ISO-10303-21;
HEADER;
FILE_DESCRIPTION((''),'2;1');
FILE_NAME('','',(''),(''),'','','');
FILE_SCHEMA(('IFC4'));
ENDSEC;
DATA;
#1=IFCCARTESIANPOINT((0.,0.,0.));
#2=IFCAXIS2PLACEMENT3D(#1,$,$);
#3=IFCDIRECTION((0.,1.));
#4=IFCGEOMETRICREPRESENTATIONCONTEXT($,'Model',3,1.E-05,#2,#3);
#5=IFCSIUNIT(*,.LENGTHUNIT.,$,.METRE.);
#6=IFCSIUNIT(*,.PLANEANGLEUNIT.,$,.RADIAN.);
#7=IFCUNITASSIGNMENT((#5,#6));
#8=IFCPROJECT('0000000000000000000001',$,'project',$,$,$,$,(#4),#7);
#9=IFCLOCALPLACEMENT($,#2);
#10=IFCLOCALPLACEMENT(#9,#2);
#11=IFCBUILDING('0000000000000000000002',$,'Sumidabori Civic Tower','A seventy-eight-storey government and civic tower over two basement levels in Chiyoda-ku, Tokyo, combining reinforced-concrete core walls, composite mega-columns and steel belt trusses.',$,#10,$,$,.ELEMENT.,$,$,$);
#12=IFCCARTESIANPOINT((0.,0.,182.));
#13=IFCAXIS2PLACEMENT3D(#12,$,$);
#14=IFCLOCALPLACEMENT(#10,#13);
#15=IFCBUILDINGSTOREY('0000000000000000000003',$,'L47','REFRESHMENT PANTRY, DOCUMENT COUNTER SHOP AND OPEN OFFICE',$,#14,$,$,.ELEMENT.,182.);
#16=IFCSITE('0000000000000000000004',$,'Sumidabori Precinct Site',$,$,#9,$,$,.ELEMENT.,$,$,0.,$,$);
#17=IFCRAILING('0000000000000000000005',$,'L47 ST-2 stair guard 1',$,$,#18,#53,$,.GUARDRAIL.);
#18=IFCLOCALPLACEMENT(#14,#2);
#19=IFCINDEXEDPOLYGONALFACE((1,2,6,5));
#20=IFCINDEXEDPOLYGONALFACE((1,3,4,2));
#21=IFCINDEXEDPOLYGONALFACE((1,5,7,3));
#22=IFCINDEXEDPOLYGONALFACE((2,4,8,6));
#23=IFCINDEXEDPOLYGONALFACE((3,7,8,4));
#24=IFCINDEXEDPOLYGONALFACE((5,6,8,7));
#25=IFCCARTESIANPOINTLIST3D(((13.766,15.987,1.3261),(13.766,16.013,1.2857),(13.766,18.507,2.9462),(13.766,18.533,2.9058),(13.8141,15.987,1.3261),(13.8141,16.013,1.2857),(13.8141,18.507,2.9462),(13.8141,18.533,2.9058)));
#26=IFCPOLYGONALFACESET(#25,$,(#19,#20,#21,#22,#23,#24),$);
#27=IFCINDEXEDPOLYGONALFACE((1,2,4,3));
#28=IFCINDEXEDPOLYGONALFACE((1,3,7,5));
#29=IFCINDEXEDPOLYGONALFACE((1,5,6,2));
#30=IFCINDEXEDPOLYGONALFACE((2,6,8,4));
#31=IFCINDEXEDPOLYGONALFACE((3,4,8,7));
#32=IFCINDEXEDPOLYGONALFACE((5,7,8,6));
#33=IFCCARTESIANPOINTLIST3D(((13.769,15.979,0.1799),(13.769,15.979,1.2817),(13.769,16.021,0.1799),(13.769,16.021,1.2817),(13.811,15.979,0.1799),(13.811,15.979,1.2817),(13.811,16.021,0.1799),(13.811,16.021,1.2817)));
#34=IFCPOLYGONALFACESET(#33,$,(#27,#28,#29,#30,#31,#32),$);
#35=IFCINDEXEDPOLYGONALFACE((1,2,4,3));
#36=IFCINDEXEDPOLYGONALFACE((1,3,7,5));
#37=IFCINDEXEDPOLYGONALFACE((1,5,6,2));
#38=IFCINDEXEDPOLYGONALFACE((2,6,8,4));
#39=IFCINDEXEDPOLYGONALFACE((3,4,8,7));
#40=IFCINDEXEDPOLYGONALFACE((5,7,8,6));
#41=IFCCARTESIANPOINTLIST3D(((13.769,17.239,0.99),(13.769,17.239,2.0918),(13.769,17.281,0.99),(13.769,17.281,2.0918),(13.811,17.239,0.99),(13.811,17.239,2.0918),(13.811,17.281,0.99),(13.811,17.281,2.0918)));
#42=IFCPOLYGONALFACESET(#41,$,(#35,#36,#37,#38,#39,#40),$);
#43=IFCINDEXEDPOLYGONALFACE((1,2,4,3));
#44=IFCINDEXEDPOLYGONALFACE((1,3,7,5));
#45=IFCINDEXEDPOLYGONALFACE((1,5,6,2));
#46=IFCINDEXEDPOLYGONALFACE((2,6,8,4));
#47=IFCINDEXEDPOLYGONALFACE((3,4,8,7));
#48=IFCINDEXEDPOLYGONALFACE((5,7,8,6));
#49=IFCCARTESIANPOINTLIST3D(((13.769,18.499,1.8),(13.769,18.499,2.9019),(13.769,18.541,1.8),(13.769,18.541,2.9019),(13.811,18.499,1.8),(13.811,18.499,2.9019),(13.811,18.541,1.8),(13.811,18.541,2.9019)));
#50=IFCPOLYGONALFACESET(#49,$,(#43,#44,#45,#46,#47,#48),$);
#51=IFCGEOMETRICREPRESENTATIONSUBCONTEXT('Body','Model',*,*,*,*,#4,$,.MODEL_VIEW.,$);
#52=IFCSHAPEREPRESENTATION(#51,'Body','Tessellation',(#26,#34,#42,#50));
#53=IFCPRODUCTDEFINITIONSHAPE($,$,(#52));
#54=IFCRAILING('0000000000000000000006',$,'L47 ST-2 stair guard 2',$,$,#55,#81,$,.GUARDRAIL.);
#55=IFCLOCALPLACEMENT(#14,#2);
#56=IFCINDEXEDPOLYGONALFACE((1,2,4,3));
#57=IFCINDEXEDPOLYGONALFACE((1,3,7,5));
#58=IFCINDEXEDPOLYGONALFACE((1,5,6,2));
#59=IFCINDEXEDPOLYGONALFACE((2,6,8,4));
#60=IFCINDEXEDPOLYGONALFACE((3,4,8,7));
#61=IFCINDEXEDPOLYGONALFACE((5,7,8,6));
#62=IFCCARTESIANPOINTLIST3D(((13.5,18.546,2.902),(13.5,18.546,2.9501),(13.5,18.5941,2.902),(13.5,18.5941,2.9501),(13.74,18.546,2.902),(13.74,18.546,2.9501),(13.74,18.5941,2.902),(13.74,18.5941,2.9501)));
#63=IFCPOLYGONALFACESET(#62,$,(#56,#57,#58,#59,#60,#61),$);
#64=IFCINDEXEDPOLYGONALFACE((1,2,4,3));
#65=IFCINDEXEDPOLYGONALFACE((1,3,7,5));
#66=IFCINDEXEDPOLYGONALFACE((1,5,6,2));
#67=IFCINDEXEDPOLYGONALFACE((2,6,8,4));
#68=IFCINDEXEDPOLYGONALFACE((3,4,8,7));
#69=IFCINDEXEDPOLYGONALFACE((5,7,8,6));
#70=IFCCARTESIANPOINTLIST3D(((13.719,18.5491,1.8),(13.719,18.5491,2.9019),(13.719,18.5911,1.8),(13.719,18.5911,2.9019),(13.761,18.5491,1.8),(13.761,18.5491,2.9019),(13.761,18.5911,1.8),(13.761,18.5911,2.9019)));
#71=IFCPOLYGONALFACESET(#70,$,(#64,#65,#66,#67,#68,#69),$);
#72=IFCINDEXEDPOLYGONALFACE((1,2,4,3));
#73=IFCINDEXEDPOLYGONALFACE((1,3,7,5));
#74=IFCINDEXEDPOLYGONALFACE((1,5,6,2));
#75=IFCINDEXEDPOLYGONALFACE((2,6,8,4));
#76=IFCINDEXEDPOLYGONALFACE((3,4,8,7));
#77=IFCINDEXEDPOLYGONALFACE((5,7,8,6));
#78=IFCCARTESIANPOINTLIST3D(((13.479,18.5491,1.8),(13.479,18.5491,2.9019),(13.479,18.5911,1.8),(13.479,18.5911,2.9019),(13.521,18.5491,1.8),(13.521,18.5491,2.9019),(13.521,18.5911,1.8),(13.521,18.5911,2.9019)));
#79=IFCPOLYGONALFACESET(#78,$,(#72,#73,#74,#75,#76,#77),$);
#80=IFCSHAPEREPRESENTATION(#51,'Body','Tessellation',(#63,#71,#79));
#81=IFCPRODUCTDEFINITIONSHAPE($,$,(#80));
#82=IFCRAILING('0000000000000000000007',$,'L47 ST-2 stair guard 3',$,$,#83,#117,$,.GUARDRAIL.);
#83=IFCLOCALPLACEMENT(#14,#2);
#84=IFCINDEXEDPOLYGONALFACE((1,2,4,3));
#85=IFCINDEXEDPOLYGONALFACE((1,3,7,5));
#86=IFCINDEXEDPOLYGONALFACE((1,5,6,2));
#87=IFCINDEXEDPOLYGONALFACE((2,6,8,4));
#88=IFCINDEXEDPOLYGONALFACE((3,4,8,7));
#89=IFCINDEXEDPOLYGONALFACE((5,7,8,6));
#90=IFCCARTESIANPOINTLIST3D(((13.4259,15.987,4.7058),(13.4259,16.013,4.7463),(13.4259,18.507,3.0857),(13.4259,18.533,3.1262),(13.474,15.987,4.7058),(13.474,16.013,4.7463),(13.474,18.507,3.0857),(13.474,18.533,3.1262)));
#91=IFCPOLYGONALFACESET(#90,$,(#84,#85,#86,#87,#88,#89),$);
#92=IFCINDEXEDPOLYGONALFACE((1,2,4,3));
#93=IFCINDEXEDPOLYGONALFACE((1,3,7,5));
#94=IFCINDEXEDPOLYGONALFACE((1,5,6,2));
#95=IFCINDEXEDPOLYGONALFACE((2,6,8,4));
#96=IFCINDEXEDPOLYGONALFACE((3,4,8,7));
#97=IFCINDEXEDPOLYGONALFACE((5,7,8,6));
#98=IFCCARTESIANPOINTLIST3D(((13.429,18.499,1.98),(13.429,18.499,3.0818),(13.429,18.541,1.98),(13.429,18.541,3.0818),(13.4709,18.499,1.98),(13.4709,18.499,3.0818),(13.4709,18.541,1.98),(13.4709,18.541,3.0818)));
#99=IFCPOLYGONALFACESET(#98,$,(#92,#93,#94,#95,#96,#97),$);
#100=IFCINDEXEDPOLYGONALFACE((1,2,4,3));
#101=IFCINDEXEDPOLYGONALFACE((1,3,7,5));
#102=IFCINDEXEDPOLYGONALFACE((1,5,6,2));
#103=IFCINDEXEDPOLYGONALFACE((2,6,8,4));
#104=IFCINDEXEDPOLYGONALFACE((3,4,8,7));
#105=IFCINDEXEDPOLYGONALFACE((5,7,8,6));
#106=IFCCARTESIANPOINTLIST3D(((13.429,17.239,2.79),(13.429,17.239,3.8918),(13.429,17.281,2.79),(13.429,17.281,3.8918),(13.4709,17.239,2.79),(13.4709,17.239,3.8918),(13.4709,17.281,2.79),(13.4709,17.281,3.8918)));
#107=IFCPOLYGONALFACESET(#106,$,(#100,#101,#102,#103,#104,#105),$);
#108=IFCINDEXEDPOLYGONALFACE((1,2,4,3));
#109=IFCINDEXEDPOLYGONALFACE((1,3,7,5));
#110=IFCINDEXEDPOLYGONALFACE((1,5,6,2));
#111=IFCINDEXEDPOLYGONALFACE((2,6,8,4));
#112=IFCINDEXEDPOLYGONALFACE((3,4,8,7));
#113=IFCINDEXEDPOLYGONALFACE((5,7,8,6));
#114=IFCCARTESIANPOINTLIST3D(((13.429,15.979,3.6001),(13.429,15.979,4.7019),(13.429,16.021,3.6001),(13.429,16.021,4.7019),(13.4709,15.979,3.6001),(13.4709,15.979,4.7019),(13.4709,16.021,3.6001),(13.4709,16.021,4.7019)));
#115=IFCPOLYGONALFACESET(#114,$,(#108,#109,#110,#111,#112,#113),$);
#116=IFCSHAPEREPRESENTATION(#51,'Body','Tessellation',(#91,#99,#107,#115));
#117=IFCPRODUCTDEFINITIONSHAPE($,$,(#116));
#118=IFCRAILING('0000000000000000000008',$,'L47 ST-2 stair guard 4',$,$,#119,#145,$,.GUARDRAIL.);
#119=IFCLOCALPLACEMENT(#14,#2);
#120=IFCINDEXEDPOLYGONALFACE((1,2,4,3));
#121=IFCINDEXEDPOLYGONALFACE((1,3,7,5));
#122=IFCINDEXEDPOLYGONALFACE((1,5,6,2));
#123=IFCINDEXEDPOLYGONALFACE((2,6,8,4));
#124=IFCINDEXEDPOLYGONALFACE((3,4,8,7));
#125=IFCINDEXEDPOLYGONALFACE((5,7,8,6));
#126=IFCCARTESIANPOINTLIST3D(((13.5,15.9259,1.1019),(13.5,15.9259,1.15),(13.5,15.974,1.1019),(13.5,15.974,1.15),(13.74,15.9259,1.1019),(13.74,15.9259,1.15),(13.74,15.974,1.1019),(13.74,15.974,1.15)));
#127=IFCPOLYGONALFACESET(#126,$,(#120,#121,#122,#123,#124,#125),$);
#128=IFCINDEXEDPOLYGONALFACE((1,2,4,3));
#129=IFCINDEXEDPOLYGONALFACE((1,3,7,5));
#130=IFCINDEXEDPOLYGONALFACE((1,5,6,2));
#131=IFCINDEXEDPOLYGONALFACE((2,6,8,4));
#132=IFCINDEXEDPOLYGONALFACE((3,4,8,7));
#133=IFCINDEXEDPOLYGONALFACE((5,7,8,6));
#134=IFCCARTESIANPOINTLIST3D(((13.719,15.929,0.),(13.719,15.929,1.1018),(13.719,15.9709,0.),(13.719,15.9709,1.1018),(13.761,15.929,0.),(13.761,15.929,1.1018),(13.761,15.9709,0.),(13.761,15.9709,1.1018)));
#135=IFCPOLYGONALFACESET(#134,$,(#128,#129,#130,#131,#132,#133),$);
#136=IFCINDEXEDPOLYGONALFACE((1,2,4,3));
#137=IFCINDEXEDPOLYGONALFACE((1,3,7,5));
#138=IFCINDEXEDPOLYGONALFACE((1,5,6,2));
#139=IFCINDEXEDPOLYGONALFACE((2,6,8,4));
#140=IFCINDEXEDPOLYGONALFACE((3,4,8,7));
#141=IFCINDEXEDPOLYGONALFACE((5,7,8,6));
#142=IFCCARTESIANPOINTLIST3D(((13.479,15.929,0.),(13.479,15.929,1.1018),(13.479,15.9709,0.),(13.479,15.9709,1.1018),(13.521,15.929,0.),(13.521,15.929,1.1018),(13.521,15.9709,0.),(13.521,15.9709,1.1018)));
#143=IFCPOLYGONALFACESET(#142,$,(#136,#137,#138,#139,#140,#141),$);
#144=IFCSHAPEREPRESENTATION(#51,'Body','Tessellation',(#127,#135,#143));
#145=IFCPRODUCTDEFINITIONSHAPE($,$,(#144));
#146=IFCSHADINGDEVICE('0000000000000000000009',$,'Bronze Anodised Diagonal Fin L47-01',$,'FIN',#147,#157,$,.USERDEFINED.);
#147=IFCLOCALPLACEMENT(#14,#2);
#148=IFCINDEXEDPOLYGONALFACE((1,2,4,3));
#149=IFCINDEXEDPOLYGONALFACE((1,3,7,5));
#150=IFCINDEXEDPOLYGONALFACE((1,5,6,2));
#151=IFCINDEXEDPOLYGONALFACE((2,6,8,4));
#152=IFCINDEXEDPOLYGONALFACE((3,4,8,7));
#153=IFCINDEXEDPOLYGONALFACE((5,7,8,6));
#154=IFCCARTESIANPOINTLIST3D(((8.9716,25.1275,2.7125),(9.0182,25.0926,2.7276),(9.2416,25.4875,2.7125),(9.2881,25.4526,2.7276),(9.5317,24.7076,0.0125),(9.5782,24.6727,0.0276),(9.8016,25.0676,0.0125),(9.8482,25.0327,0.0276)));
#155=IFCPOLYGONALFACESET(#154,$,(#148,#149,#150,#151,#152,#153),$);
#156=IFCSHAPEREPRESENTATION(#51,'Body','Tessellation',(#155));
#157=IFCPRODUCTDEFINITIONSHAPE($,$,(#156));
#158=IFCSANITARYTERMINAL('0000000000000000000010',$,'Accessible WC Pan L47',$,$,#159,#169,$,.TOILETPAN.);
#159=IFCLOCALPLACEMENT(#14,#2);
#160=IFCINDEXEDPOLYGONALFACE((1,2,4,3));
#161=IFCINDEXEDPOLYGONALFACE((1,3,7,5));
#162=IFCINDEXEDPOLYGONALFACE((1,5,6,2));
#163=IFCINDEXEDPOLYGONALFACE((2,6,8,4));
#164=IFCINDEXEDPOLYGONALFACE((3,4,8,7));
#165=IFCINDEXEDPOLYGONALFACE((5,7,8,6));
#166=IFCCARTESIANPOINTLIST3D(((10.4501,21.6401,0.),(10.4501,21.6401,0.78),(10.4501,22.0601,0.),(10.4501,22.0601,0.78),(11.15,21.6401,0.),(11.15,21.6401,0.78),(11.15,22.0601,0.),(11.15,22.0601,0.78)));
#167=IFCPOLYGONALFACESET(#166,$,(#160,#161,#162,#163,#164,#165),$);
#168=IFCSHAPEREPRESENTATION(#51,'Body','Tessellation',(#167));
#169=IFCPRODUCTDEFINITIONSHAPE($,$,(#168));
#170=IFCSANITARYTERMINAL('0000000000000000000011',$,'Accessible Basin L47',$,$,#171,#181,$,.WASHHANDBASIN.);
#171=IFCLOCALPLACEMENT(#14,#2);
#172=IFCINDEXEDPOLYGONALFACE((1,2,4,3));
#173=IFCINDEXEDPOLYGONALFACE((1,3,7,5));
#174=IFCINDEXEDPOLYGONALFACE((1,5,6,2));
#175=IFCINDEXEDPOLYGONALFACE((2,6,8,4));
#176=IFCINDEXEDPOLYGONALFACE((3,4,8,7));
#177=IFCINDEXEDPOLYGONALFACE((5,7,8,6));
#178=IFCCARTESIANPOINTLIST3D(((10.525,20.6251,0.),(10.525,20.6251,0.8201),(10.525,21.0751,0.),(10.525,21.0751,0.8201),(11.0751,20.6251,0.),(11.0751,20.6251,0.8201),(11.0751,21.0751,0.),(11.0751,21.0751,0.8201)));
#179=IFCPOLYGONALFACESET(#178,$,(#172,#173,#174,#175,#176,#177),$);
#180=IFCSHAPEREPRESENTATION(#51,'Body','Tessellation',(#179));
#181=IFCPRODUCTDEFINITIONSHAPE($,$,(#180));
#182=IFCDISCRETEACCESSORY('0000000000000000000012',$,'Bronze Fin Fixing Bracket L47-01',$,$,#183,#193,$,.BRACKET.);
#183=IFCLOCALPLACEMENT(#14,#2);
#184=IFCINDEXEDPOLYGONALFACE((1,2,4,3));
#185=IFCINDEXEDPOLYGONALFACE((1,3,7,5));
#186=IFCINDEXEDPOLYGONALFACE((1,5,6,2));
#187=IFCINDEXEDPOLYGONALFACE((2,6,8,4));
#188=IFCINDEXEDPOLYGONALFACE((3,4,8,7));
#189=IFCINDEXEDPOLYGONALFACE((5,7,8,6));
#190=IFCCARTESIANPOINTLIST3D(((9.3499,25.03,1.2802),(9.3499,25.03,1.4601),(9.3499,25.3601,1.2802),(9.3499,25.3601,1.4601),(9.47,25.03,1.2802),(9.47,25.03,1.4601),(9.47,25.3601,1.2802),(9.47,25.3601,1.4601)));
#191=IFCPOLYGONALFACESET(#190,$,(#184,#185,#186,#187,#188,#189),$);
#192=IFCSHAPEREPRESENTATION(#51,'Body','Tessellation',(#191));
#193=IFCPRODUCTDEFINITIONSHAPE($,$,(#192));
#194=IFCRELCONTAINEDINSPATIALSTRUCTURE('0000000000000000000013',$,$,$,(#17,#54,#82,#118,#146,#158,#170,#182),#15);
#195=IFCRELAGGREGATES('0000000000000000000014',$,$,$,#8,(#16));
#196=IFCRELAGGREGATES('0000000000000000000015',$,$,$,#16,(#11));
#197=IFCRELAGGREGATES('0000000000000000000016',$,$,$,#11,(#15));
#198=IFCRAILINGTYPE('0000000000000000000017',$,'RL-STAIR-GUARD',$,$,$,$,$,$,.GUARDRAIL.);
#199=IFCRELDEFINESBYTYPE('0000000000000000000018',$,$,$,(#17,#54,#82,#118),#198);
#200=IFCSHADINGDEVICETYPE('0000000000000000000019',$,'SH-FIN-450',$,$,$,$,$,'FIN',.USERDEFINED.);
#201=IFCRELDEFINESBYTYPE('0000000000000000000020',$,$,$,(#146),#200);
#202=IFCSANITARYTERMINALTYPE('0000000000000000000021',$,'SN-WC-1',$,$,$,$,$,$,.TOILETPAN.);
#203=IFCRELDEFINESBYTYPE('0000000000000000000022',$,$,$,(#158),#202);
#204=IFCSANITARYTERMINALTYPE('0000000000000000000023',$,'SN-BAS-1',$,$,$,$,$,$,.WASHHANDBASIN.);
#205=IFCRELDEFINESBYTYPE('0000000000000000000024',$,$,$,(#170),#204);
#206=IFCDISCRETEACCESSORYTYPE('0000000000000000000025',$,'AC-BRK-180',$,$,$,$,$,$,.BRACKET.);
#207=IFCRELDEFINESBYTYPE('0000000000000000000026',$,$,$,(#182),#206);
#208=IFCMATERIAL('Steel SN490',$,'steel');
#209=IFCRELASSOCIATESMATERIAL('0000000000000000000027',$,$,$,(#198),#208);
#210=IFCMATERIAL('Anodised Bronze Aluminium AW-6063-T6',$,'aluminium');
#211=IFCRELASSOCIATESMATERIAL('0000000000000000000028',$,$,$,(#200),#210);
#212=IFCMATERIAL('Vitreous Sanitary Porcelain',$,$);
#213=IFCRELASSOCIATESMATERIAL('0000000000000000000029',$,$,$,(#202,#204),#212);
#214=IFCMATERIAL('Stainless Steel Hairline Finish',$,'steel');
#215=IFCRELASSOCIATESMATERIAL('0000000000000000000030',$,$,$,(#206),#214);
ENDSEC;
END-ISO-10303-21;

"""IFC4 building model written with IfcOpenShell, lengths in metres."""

from ifc_helpers import new_model, si_unit, direction, frame, origin, origin_2d, place, context, subcontext, project, spatial, rectangle, extrude, source, transform, mapped, material, material_profile, profile_set, type_object, element, save


model = new_model("IFC4")

# Units and contexts
model_context = context("Model", 3, precision=1e-05, world=origin(), true_north=direction((0.0, 1.0)))
body_context = subcontext(model_context, "Body", "Model", "MODEL_VIEW")
ifc_project = project(units=[si_unit("LENGTHUNIT", "METRE"), si_unit("PLANEANGLEUNIT", "RADIAN")], contexts=[model_context])

# Site, building, storey
site_placement = place(None, origin())
site = spatial("IfcSite", under=ifc_project, at=site_placement, Name="Sumidabori Precinct Site", CompositionType="ELEMENT", RefElevation=0.0)
building_placement = place(site_placement, origin())
building = spatial("IfcBuilding", under=site, at=building_placement, Name="Sumidabori Civic Tower", Description="A seventy-eight-storey government and civic tower over two basement levels in Chiyoda-ku, Tokyo, combining reinforced-concrete core walls, composite mega-columns and steel belt trusses.", CompositionType="ELEMENT")
storey_placement = place(building_placement, frame((0.0, 0.0, 182.0)))
storey = spatial("IfcBuildingStorey", under=building, at=storey_placement, Name="L47", Description="REFRESHMENT PANTRY, DOCUMENT COUNTER SHOP AND OPEN OFFICE", CompositionType="ELEMENT", Elevation=182.0)

# Shared definitions
ifc_material_1 = material(Name="Steel SN490", Category="steel")

# Shared definitions
ifc_material_2 = material(Name="Anodised Bronze Aluminium AW-6063-T6", Category="aluminium")

# Railings
ifc_material_3 = material(Name="Stainless Steel Hairline Finish", Category="steel")
railing_type_1 = type_object("IfcRailingType", Name="RL-STAIR-GUARD", PredefinedType="GUARDRAIL", material=ifc_material_1)
railing_1_placement = place(storey_placement, frame((13.79, 16.0, 0.1799)))
element("IfcRailing", 1, at=railing_1_placement, inside=storey, type_object=railing_type_1, Name="L47 ST-2 stair guard 1", PredefinedType="GUARDRAIL", context=body_context, shape_type="SweptSolid", body=[
    extrude(rectangle(XDim=0.0481, YDim=0.0481, at=origin_2d()), frame((0.0, 0.0, 1.126), z_axis=(0.0, 0.841163, 0.540782), x_axis=(-1.0, 0.0, 0.0)), (0.0, 0.0, 1.0), 2.9958),
    extrude(rectangle(XDim=0.042, YDim=0.042, at=origin_2d()), origin(), (0.0, 0.0, 1.0), 1.1018),
    extrude(rectangle(XDim=0.042, YDim=0.042, at=origin_2d()), frame((0.0, 1.26, 0.8101)), (0.0, 0.0, 1.0), 1.1018),
    extrude(rectangle(XDim=0.042, YDim=0.042, at=origin_2d()), frame((0.0, 2.52, 1.6201)), (0.0, 0.0, 1.0), 1.1018),
])
railing_2_placement = place(storey_placement, frame((13.74, 18.5701, 1.8)))
element("IfcRailing", 2, at=railing_2_placement, inside=storey, type_object=railing_type_1, Name="L47 ST-2 stair guard 2", PredefinedType="GUARDRAIL", context=body_context, shape_type="SweptSolid", body=[
    extrude(rectangle(XDim=0.0481, YDim=0.0481, at=origin_2d()), frame((0.0, 0.0, 1.126), z_axis=(-1.0, 0.0, 0.0), x_axis=(0.0, -1.0, 0.0)), (0.0, 0.0, 1.0), 0.24),
    extrude(rectangle(XDim=0.042, YDim=0.042, at=origin_2d()), origin(), (0.0, 0.0, 1.0), 1.1018),
    extrude(rectangle(XDim=0.042, YDim=0.042, at=origin_2d()), frame((-0.24, 0.0, 0.0)), (0.0, 0.0, 1.0), 1.1018),
])
railing_3_placement = place(storey_placement, frame((13.45, 18.52, 1.98)))
element("IfcRailing", 3, at=railing_3_placement, inside=storey, type_object=railing_type_1, Name="L47 ST-2 stair guard 3", PredefinedType="GUARDRAIL", context=body_context, shape_type="SweptSolid", body=[
    extrude(rectangle(XDim=0.0481, YDim=0.0481, at=origin_2d()), frame((0.0, 0.0, 1.126), z_axis=(0.0, -0.841163, 0.540782), x_axis=(1.0, 0.0, 0.0)), (0.0, 0.0, 1.0), 2.9958),
    extrude(rectangle(XDim=0.042, YDim=0.042, at=origin_2d()), origin(), (0.0, 0.0, 1.0), 1.1018),
    extrude(rectangle(XDim=0.042, YDim=0.042, at=origin_2d()), frame((0.0, -1.26, 0.8101)), (0.0, 0.0, 1.0), 1.1018),
    extrude(rectangle(XDim=0.042, YDim=0.042, at=origin_2d()), frame((0.0, -2.52, 1.6201)), (0.0, 0.0, 1.0), 1.1018),
])
railing_4_placement = place(storey_placement, frame((13.74, 15.95, 0.0)))
element("IfcRailing", 4, at=railing_4_placement, inside=storey, type_object=railing_type_1, Name="L47 ST-2 stair guard 4", PredefinedType="GUARDRAIL", context=body_context, shape_type="SweptSolid", body=[
    extrude(rectangle(XDim=0.0481, YDim=0.0481, at=origin_2d()), frame((0.0, 0.0, 1.126), z_axis=(-1.0, 0.0, 0.0), x_axis=(0.0, -1.0, 0.0)), (0.0, 0.0, 1.0), 0.24),
    extrude(rectangle(XDim=0.042, YDim=0.042, at=origin_2d()), origin(), (0.0, 0.0, 1.0), 1.1018),
    extrude(rectangle(XDim=0.042, YDim=0.042, at=origin_2d()), frame((-0.24, 0.0, 0.0)), (0.0, 0.0, 1.0), 1.1018),
])

# Shading device
ifc_material_profile_1 = material_profile(ifc_material_2, rectangle(XDim=0.0601, YDim=0.45, at=origin_2d()), Name="BRONZE FIN 450x60")
ifc_profile_set_1 = profile_set([ifc_material_profile_1], Name="Anodised Bronze Aluminium AW-6063-T6")
shading_device_type = type_object("IfcShadingDeviceType", Name="SH-FIN-450", ElementType="FIN", PredefinedType="USERDEFINED", material=ifc_profile_set_1)
shared_shape_1 = source(origin(), body_context, "Body", "SweptSolid", [
    extrude(rectangle(XDim=0.0601, YDim=0.45, at=origin_2d()), origin(), (0.0, 0.0, 1.0), 2.7893),
])
shading_device_placement = place(storey_placement, frame((9.6899, 24.8701, 0.02), z_axis=(-0.200794, 0.150552, 0.967996), x_axis=(0.774478, -0.580689, 0.250966)))
element("IfcShadingDevice", 5, at=shading_device_placement, inside=storey, type_object=shading_device_type, Name="Bronze Anodised Diagonal Fin L47-01", ObjectType="FIN", PredefinedType="USERDEFINED", context=body_context, shape_type="MappedRepresentation", body=[
    mapped(shared_shape_1, transform((0.0, 0.0, 0.0), x_axis=(1.0, 0.0, 0.0), y_axis=(0.0, 1.0, 0.0), z_axis=(0.0, 0.0, 1.0), scale=1.0)),
])

# Sanitary terminals
ifc_material_4 = material(Name="Vitreous Sanitary Porcelain")
sanitary_terminal_type_1 = type_object("IfcSanitaryTerminalType", Name="SN-WC-1", PredefinedType="TOILETPAN", material=ifc_material_4)
shared_shape_2 = source(origin(), body_context, "Body", "SweptSolid", [
    extrude(rectangle(XDim=0.7, YDim=0.4199, at=origin_2d()), origin(), (0.0, 0.0, 1.0), 0.78),
])
sanitary_terminal_1_placement = place(storey_placement, frame((10.8, 21.8501, 0.0), z_axis=(0.0, 0.0, 1.0), x_axis=(1.0, 0.0, 0.0)))
element("IfcSanitaryTerminal", 6, at=sanitary_terminal_1_placement, inside=storey, type_object=sanitary_terminal_type_1, Name="Accessible WC Pan L47", PredefinedType="TOILETPAN", context=body_context, shape_type="MappedRepresentation", body=[
    mapped(shared_shape_2, transform((0.0, 0.0, 0.0), x_axis=(1.0, 0.0, 0.0), y_axis=(0.0, 1.0, 0.0), z_axis=(0.0, 0.0, 1.0), scale=1.0)),
])
sanitary_terminal_type_2 = type_object("IfcSanitaryTerminalType", Name="SN-BAS-1", PredefinedType="WASHHANDBASIN", material=ifc_material_4)
shared_shape_3 = source(origin(), body_context, "Body", "SweptSolid", [
    extrude(rectangle(XDim=0.55, YDim=0.45, at=origin_2d()), origin(), (0.0, 0.0, 1.0), 0.8201),
])
sanitary_terminal_2_placement = place(storey_placement, frame((10.8, 20.8501, 0.0), z_axis=(0.0, 0.0, 1.0), x_axis=(1.0, 0.0, 0.0)))
element("IfcSanitaryTerminal", 7, at=sanitary_terminal_2_placement, inside=storey, type_object=sanitary_terminal_type_2, Name="Accessible Basin L47", PredefinedType="WASHHANDBASIN", context=body_context, shape_type="MappedRepresentation", body=[
    mapped(shared_shape_3, transform((0.0, 0.0, 0.0), x_axis=(1.0, 0.0, 0.0), y_axis=(0.0, 1.0, 0.0), z_axis=(0.0, 0.0, 1.0), scale=1.0)),
])

# Discrete accessory
ifc_material_profile_2 = material_profile(ifc_material_3, rectangle(XDim=0.1201, YDim=0.1799, at=origin_2d()), Name="STEEL BRACKET 180x120")
ifc_profile_set_2 = profile_set([ifc_material_profile_2], Name="Stainless Steel Hairline Finish")
discrete_accessory_type = type_object("IfcDiscreteAccessoryType", Name="AC-BRK-180", PredefinedType="BRACKET", material=ifc_profile_set_2)
shared_shape_4 = source(origin(), body_context, "Body", "SweptSolid", [
    extrude(rectangle(XDim=0.1201, YDim=0.1799, at=origin_2d()), origin(), (0.0, 0.0, 1.0), 0.3301),
])
discrete_accessory_placement = place(storey_placement, frame((9.4099, 25.03, 1.3701), z_axis=(0.0, 1.0, 0.0), x_axis=(-1.0, 0.0, 0.0)))
element("IfcDiscreteAccessory", 8, at=discrete_accessory_placement, inside=storey, type_object=discrete_accessory_type, Name="Bronze Fin Fixing Bracket L47-01", PredefinedType="BRACKET", context=body_context, shape_type="MappedRepresentation", body=[
    mapped(shared_shape_4, transform((0.0, 0.0, 0.0), x_axis=(1.0, 0.0, 0.0), y_axis=(0.0, 1.0, 0.0), z_axis=(0.0, 0.0, 1.0), scale=1.0)),
])

save(model, "model.ifc")
